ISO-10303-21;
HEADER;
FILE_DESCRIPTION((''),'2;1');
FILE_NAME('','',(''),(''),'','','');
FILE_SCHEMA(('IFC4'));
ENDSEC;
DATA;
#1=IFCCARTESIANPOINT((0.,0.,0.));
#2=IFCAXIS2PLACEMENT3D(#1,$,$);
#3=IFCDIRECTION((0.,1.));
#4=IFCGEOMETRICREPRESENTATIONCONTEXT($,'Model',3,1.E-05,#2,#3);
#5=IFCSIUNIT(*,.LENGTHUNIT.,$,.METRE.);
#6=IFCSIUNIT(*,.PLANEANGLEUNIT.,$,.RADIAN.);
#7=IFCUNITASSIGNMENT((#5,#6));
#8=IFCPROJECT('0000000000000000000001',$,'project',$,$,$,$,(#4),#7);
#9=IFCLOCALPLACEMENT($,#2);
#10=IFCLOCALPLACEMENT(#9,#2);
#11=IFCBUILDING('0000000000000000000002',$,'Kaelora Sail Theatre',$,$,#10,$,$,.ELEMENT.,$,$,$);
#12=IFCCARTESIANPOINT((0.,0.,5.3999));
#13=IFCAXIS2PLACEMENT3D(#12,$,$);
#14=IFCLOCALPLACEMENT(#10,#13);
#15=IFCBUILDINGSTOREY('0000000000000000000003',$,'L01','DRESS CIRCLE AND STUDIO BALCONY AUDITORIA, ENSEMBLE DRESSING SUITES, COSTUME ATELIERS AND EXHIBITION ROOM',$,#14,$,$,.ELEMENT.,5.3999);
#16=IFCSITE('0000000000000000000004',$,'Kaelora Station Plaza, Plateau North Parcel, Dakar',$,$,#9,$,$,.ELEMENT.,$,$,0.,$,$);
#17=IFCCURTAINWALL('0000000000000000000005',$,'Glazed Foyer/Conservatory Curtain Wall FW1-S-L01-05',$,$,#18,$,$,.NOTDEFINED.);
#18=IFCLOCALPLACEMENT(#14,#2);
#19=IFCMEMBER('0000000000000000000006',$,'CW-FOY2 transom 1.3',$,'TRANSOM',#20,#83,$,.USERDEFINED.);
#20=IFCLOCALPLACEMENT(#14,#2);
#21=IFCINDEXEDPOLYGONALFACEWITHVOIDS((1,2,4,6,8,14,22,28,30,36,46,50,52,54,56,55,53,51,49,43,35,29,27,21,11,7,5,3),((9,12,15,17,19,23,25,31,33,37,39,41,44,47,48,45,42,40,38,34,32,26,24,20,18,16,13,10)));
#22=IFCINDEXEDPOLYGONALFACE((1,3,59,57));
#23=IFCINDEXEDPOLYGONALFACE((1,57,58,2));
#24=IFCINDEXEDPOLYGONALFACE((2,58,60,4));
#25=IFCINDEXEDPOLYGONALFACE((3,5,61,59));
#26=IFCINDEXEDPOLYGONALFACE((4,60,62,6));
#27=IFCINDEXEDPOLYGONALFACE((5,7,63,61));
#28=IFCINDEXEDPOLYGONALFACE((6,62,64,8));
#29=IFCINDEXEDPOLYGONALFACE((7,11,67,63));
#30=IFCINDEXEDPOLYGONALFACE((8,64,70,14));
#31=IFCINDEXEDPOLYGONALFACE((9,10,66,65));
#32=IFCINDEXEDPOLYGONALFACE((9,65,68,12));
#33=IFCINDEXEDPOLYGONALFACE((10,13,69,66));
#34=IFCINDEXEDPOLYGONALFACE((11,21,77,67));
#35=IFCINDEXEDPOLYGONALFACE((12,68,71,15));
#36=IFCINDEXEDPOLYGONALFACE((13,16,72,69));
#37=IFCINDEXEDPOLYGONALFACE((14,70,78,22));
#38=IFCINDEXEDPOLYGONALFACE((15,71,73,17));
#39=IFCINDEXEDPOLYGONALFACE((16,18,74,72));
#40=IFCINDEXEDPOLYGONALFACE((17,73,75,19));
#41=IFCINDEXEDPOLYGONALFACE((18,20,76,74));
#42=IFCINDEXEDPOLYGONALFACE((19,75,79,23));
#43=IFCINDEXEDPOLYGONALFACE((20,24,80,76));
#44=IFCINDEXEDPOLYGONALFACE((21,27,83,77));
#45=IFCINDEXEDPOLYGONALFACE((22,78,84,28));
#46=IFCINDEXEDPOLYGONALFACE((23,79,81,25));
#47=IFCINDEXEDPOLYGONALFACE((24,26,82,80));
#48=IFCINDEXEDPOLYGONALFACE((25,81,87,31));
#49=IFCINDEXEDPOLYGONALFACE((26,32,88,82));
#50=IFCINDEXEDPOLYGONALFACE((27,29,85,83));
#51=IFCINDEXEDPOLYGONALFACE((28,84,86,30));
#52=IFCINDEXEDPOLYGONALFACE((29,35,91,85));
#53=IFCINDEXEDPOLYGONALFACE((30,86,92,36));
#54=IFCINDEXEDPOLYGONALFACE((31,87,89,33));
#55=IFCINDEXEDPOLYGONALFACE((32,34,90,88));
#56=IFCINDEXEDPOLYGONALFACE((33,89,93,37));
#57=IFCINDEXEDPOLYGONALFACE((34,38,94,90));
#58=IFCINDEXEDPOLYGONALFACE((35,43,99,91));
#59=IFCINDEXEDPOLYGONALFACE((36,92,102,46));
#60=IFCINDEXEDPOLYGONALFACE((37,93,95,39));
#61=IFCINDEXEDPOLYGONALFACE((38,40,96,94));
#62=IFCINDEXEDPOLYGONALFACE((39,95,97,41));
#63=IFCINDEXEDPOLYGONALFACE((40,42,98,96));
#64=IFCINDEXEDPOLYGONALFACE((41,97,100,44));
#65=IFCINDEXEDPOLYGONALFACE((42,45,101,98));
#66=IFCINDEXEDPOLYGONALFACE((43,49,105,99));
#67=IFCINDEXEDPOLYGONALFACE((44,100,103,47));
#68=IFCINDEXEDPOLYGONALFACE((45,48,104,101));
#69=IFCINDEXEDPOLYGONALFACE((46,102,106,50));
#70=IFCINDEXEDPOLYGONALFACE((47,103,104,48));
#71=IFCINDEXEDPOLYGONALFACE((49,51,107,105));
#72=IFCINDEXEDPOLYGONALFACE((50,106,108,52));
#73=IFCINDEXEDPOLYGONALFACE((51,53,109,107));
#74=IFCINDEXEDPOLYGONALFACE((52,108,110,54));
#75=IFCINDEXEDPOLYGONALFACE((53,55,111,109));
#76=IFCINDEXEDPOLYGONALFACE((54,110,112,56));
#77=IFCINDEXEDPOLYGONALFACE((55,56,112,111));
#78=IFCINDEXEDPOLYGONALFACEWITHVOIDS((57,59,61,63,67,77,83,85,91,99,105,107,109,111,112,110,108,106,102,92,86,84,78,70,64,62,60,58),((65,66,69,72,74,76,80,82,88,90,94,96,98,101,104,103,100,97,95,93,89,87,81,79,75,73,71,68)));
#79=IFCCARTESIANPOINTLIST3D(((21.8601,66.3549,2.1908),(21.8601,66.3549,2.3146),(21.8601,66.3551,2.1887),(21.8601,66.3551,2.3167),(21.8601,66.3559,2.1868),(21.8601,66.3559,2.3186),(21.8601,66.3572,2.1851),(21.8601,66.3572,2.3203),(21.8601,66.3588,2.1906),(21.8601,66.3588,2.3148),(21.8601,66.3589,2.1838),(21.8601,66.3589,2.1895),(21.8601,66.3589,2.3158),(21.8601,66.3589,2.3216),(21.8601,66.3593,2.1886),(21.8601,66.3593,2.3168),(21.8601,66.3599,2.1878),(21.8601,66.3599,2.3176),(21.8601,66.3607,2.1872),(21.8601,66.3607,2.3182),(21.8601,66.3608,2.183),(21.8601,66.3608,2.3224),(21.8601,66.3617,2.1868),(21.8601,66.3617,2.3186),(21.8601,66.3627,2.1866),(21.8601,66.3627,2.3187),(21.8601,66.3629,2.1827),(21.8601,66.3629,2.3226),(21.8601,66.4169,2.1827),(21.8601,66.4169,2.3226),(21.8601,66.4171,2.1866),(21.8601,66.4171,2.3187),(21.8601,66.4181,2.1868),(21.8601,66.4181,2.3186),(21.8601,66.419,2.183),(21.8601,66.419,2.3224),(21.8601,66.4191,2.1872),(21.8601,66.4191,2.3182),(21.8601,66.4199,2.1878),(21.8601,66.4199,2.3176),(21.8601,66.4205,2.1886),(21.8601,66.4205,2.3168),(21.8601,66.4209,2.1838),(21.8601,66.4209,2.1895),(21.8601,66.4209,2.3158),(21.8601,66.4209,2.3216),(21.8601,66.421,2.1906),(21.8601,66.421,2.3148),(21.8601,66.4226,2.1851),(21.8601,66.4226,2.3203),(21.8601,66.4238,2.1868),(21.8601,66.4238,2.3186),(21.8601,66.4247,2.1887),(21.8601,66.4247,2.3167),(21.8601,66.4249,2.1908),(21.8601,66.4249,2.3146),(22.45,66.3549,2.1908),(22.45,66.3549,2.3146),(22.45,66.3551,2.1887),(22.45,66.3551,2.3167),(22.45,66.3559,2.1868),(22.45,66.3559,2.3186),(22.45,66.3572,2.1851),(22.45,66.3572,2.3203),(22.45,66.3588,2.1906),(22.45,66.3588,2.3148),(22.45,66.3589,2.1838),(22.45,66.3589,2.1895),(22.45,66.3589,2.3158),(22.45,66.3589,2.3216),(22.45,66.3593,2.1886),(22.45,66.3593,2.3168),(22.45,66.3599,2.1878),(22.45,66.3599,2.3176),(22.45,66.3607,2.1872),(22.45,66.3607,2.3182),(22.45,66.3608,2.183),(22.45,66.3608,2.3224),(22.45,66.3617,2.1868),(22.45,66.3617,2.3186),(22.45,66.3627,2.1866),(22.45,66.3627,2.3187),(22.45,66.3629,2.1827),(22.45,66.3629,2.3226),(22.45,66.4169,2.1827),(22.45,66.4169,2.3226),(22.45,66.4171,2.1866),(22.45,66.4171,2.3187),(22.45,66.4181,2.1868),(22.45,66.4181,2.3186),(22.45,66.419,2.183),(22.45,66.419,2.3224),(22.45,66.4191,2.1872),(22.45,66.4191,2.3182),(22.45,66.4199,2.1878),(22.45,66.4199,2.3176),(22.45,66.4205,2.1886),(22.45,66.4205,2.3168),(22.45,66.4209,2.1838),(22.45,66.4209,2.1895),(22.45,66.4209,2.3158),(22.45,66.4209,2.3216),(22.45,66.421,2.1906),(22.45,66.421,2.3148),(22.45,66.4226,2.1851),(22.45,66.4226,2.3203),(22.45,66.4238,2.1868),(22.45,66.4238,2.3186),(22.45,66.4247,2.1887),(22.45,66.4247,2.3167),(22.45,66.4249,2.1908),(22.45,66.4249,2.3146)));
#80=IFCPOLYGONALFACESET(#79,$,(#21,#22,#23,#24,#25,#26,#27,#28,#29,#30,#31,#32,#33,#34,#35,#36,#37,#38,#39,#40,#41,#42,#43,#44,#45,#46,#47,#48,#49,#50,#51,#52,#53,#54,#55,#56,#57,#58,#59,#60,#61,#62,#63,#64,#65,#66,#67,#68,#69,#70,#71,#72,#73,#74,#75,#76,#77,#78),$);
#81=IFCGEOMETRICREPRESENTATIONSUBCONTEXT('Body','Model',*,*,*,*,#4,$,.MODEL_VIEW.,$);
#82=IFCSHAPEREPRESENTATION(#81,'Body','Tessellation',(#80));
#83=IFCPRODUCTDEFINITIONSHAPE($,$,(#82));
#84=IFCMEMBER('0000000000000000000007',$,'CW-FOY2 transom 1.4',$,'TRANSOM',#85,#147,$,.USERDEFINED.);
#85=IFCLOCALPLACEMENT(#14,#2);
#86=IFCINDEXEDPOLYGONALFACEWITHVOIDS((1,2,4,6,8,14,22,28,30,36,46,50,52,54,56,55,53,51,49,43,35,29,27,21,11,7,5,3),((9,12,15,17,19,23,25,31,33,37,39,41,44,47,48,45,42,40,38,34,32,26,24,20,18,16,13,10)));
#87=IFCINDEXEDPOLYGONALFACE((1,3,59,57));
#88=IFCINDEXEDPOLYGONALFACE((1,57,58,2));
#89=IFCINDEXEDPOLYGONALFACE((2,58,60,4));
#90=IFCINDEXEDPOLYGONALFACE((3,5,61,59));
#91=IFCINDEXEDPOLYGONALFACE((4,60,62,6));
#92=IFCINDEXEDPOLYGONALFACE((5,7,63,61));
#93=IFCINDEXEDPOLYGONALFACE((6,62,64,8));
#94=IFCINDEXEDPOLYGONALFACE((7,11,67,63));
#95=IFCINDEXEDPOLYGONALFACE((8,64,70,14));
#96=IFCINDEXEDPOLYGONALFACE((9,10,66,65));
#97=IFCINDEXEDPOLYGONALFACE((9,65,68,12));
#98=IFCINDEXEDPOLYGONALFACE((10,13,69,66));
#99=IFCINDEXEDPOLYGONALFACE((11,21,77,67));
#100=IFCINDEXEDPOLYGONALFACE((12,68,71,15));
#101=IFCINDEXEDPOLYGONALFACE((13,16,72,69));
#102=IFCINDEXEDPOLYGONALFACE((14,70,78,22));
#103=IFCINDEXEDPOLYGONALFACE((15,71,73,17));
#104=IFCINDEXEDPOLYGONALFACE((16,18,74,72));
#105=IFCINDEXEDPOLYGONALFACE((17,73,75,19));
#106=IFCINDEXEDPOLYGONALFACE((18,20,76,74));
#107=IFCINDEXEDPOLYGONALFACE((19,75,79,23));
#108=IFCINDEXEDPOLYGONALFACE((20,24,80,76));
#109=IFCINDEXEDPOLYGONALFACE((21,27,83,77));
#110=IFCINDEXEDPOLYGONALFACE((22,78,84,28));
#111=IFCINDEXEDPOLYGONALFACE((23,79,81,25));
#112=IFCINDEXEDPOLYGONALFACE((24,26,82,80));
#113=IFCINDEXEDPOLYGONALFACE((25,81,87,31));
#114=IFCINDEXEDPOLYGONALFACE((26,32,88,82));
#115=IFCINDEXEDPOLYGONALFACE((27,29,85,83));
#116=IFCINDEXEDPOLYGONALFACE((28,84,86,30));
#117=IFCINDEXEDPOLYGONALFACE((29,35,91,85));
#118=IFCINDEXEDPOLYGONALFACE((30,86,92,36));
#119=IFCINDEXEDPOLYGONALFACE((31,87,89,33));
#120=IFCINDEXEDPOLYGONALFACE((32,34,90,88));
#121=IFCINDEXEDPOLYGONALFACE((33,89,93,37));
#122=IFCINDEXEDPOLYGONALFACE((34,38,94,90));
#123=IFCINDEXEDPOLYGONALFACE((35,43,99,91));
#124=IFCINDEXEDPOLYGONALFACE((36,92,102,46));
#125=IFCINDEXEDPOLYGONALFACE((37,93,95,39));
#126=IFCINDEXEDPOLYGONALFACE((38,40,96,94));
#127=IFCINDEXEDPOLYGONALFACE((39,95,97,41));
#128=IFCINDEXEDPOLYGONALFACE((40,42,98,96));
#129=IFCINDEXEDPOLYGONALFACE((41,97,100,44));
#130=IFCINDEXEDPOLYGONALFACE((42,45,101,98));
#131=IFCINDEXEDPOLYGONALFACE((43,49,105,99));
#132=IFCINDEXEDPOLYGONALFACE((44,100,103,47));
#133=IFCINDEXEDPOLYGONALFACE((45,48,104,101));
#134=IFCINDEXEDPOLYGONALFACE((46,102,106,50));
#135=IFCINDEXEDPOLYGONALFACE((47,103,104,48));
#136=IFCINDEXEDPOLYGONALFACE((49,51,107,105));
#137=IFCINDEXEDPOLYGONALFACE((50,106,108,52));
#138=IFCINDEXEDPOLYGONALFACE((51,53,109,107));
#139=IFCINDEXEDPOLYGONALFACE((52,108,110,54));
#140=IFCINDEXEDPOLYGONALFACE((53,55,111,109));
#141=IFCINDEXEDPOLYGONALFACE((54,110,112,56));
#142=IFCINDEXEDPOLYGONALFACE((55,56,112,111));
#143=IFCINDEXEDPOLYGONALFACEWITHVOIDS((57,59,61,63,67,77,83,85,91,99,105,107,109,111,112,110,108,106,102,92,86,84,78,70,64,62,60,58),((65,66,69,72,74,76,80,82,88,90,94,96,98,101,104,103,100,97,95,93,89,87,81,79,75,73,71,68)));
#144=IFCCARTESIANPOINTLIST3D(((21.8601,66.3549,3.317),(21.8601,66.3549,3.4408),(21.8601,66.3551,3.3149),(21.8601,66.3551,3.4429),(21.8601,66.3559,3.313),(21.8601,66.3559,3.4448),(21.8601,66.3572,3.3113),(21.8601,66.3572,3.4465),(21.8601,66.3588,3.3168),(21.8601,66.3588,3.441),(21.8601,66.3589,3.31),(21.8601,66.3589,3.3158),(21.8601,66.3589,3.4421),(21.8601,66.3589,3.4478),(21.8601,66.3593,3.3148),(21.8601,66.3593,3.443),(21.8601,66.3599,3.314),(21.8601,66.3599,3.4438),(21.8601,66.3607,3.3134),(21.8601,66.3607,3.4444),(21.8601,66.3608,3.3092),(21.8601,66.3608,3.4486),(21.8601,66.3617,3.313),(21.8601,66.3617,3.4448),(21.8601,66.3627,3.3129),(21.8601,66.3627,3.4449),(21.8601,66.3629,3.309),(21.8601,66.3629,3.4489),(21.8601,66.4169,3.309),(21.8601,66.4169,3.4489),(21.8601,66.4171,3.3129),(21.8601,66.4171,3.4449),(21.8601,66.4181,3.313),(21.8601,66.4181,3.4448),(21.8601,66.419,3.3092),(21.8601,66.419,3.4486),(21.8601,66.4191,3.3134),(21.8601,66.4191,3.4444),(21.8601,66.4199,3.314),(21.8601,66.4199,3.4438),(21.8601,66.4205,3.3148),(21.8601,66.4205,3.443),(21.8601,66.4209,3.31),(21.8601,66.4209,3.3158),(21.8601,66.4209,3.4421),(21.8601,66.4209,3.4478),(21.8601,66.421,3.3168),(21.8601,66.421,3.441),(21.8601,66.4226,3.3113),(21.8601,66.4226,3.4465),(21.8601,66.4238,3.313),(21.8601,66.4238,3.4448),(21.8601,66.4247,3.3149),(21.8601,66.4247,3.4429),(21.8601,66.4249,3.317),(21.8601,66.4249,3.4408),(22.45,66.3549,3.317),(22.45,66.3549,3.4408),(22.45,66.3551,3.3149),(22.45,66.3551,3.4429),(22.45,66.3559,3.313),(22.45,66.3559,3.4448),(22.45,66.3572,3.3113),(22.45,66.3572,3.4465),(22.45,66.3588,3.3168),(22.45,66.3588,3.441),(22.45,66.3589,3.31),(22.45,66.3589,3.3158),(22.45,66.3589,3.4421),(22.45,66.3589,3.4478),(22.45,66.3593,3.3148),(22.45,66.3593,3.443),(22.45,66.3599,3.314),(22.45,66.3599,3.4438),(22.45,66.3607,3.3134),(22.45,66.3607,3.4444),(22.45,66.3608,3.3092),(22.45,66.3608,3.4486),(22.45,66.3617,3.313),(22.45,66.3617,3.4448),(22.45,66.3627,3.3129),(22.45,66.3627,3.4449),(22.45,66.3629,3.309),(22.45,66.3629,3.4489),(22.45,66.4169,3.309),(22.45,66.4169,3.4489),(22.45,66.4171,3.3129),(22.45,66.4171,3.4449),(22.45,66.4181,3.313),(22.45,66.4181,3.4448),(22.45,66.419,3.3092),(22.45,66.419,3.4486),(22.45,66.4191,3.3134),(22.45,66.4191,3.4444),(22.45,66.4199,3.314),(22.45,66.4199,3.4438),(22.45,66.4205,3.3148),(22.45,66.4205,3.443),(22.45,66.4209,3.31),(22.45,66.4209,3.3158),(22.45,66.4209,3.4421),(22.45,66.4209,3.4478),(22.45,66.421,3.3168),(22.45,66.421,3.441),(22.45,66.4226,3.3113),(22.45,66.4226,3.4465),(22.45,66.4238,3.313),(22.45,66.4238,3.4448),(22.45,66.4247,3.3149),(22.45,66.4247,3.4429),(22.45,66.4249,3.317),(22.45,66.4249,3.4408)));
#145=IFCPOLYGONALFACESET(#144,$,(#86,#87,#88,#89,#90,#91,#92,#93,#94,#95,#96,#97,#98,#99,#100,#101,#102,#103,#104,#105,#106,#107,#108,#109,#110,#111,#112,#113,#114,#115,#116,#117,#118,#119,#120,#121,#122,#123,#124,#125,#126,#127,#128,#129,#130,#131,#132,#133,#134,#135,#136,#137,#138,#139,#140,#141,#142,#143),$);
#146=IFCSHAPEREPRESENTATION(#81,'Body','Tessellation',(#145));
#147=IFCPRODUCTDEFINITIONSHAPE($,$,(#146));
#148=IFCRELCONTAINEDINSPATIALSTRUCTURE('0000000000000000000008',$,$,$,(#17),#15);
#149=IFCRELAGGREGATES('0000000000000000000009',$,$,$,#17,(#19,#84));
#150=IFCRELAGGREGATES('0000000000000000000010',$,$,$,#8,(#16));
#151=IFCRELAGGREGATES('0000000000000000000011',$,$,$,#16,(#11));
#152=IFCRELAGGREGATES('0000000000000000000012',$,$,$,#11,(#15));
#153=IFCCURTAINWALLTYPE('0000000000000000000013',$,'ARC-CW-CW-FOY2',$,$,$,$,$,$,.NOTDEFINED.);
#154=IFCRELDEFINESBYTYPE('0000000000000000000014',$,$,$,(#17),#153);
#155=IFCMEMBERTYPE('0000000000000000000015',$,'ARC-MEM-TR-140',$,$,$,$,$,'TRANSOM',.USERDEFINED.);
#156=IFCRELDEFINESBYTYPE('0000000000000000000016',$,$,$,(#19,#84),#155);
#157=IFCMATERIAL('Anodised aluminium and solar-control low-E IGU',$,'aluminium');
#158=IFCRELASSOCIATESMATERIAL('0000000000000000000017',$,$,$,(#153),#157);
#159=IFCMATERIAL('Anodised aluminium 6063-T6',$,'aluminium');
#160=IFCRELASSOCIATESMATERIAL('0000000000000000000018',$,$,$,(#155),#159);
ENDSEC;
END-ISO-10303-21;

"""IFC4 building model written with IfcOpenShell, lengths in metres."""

from ifc_helpers import new_model, si_unit, direction, frame, origin, origin_2d, place, context, subcontext, project, spatial, hollow_rectangle, extrude, material, material_profile, profile_set, type_object, element, aggregate, save


model = new_model("IFC4")

# Units and contexts
model_context = context("Model", 3, precision=1e-05, world=origin(), true_north=direction((0.0, 1.0)))
body_context = subcontext(model_context, "Body", "Model", "MODEL_VIEW")
ifc_project = project(units=[si_unit("LENGTHUNIT", "METRE"), si_unit("PLANEANGLEUNIT", "RADIAN")], contexts=[model_context])

# Site, building, storey
site_placement = place(None, origin())
site = spatial("IfcSite", under=ifc_project, at=site_placement, Name="Kaelora Station Plaza, Plateau North Parcel, Dakar", CompositionType="ELEMENT", RefElevation=0.0)
building_placement = place(site_placement, origin())
building = spatial("IfcBuilding", under=site, at=building_placement, Name="Kaelora Sail Theatre", CompositionType="ELEMENT")
storey_placement = place(building_placement, frame((0.0, 0.0, 5.3999)))
storey = spatial("IfcBuildingStorey", under=building, at=storey_placement, Name="L01", Description="DRESS CIRCLE AND STUDIO BALCONY AUDITORIA, ENSEMBLE DRESSING SUITES, COSTUME ATELIERS AND EXHIBITION ROOM", CompositionType="ELEMENT", Elevation=5.3999)

# Shared definitions
ifc_material_1 = material(Name="Anodised aluminium and solar-control low-E IGU", Category="aluminium")
curtain_wall_type = type_object("IfcCurtainWallType", Name="ARC-CW-CW-FOY2", PredefinedType="NOTDEFINED", material=ifc_material_1)

# Curtain wall
curtain_wall_1_placement = place(storey_placement, origin())
curtain_wall_1 = element("IfcCurtainWall", 1, at=curtain_wall_1_placement, inside=storey, type_object=curtain_wall_type, Name="Glazed Foyer/Conservatory Curtain Wall FW1-S-L01-05", PredefinedType="NOTDEFINED")

# Members
ifc_material_2 = material(Name="Anodised aluminium 6063-T6", Category="aluminium")
ifc_material_profile_1 = material_profile(ifc_material_2, hollow_rectangle(XDim=0.0701, YDim=0.1399, WallThickness=0.0039, InnerFilletRadius=0.0039, OuterFilletRadius=0.0081, at=origin_2d()), Name="ALU-TRAN 70x140x4")
ifc_profile_set_1 = profile_set([ifc_material_profile_1], Name="Anodised aluminium 6063-T6")
member_type_1 = type_object("IfcMemberType", Name="ARC-MEM-TR-140", ElementType="TRANSOM", PredefinedType="USERDEFINED", material=ifc_profile_set_1)
member_1_placement = place(storey_placement, frame((21.8601, 66.3899, 2.2527), z_axis=(1.0, 0.0, 0.0), x_axis=(0.0, 1.0, 0.0)))
member_1 = element("IfcMember", 2, at=member_1_placement, type_object=member_type_1, Name="CW-FOY2 transom 1.3", ObjectType="TRANSOM", PredefinedType="USERDEFINED", context=body_context, shape_type="SweptSolid", body=[
    extrude(hollow_rectangle(XDim=0.0701, YDim=0.1399, WallThickness=0.0039, InnerFilletRadius=0.0039, OuterFilletRadius=0.0081, at=origin_2d()), origin(), (0.0, 0.0, 1.0), 0.5898),
])
member_2_placement = place(storey_placement, frame((21.8601, 66.3899, 3.3789), z_axis=(1.0, 0.0, 0.0), x_axis=(0.0, 1.0, 0.0)))
member_2 = element("IfcMember", 3, at=member_2_placement, type_object=member_type_1, Name="CW-FOY2 transom 1.4", ObjectType="TRANSOM", PredefinedType="USERDEFINED", context=body_context, shape_type="SweptSolid", body=[
    extrude(hollow_rectangle(XDim=0.0701, YDim=0.1399, WallThickness=0.0039, InnerFilletRadius=0.0039, OuterFilletRadius=0.0081, at=origin_2d()), origin(), (0.0, 0.0, 1.0), 0.5898),
])

aggregate(curtain_wall_1, [member_1, member_2])

save(model, "model.ifc")
